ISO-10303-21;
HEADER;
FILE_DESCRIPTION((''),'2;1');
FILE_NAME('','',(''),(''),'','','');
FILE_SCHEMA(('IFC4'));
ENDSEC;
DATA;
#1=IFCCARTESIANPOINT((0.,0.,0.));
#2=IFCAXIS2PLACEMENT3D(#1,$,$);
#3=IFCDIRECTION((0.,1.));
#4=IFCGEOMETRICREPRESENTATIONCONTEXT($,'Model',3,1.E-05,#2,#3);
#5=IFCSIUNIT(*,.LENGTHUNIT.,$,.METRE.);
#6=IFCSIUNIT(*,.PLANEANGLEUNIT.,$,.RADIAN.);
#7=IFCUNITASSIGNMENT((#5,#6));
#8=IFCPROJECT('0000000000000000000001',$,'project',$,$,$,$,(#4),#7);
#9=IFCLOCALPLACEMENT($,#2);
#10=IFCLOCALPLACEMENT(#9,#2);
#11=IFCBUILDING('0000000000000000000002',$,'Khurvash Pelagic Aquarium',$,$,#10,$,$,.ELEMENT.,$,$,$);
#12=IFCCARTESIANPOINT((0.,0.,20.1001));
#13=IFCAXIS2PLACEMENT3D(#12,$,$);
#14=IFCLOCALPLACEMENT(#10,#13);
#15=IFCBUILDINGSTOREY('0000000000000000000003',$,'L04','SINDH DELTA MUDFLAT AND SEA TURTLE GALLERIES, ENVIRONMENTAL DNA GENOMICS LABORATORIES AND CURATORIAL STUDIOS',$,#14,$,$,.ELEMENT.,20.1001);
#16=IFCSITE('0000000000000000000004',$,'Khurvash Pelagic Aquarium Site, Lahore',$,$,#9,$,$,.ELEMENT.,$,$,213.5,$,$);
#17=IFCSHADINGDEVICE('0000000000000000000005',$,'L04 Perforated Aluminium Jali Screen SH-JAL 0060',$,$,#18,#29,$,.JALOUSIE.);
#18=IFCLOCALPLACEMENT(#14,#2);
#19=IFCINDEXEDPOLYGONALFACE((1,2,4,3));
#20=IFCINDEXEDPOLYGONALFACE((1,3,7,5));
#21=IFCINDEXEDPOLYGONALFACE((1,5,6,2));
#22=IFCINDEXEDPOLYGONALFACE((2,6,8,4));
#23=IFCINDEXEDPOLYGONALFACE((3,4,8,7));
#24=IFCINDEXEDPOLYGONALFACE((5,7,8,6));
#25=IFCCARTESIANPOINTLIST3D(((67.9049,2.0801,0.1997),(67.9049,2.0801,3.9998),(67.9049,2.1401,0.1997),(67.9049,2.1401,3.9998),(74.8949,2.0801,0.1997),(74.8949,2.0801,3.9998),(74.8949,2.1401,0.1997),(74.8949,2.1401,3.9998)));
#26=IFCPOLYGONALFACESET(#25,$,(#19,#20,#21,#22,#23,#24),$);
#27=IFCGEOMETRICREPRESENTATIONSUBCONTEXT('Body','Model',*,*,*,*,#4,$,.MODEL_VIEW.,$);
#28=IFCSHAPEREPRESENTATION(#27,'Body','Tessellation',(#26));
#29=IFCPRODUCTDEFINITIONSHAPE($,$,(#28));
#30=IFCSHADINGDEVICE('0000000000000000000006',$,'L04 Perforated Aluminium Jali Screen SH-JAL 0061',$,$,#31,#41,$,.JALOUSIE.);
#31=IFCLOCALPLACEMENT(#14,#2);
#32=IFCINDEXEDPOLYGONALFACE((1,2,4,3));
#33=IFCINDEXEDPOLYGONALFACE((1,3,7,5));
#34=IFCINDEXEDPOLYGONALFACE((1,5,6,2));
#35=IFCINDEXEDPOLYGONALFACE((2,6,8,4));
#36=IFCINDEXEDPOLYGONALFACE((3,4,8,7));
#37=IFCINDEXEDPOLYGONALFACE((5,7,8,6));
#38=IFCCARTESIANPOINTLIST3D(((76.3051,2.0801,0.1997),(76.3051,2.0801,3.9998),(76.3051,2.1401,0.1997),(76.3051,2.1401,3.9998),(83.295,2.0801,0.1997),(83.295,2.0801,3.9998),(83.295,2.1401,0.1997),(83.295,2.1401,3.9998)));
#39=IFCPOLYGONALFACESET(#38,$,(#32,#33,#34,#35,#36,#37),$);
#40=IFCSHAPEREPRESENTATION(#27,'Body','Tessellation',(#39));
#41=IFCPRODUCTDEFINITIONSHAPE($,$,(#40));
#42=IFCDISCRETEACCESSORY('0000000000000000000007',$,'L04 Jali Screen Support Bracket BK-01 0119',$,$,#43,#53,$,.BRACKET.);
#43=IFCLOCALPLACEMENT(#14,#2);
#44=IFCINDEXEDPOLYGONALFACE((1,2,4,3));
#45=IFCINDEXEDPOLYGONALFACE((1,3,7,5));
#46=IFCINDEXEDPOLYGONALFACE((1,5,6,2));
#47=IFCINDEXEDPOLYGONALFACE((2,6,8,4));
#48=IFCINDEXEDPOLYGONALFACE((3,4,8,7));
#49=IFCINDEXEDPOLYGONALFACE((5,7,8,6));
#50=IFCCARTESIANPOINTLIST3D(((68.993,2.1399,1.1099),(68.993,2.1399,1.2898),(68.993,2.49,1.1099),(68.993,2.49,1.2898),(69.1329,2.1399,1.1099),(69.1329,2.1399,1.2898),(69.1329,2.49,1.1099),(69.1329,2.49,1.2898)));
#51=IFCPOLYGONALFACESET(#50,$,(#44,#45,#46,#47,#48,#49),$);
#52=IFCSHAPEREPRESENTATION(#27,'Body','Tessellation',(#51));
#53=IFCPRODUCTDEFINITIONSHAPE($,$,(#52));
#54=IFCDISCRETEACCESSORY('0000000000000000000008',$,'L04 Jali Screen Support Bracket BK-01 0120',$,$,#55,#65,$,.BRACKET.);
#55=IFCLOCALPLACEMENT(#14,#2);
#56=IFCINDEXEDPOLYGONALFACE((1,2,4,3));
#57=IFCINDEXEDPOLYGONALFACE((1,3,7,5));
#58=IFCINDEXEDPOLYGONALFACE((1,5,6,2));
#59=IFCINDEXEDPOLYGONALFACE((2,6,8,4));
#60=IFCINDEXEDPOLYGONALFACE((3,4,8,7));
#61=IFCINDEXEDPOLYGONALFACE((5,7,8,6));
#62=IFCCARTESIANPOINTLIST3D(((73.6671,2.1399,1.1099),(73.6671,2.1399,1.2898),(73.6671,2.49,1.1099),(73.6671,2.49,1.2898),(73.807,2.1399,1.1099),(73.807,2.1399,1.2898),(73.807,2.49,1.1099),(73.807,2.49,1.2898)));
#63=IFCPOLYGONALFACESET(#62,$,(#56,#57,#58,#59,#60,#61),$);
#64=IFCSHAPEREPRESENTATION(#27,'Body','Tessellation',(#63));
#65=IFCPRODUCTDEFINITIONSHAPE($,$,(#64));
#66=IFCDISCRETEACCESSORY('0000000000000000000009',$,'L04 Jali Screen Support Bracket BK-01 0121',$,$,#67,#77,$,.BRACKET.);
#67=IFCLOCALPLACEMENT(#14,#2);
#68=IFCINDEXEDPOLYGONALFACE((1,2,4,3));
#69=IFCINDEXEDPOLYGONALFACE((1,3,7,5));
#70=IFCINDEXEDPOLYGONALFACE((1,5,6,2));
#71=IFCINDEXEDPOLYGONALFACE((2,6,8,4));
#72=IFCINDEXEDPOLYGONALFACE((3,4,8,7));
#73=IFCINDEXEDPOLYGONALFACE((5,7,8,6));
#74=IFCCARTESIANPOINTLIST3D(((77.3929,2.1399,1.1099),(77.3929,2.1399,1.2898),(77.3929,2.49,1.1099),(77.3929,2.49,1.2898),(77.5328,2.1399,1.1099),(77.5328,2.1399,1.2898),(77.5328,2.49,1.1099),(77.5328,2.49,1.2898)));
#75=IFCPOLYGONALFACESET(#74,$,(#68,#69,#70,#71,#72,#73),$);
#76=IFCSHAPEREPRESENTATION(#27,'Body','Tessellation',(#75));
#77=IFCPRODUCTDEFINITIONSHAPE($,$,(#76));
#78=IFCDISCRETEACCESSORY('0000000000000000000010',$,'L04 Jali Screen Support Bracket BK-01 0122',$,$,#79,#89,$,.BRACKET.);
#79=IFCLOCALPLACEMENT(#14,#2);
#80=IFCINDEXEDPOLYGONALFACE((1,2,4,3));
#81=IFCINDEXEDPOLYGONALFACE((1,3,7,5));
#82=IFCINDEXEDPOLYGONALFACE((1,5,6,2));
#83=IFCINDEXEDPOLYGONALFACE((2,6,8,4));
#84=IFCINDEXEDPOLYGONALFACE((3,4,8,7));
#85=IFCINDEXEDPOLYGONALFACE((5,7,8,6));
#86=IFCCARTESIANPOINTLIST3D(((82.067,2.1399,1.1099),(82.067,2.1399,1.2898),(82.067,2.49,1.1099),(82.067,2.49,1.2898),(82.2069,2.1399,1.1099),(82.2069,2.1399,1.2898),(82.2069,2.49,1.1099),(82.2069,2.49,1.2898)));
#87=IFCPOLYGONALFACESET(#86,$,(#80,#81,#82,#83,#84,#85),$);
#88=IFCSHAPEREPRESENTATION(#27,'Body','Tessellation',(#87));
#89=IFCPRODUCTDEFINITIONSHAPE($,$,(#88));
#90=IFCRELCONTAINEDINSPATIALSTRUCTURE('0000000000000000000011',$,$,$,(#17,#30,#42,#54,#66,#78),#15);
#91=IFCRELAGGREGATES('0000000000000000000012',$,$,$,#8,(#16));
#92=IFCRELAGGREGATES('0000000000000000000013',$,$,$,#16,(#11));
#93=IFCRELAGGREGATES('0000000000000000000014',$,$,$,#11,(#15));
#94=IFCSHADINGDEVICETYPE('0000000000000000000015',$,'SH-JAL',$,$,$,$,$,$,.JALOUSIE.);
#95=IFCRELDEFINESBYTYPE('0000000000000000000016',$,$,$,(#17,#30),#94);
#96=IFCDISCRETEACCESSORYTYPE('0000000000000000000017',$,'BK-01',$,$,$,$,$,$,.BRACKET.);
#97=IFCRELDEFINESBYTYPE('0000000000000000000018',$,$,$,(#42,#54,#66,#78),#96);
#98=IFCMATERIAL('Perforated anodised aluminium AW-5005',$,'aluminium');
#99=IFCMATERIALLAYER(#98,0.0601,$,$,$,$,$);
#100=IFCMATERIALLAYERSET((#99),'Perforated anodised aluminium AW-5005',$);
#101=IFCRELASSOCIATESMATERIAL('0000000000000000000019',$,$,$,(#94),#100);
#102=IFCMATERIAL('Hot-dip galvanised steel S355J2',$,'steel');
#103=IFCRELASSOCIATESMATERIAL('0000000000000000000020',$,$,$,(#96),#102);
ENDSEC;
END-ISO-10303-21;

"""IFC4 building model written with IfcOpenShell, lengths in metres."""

from ifc_helpers import new_model, si_unit, direction, frame, origin, origin_2d, place, context, subcontext, project, spatial, rectangle, extrude, material, layer, layer_set, type_object, element, save


model = new_model("IFC4")

# Units and contexts
model_context = context("Model", 3, precision=1e-05, world=origin(), true_north=direction((0.0, 1.0)))
body_context = subcontext(model_context, "Body", "Model", "MODEL_VIEW")
ifc_project = project(units=[si_unit("LENGTHUNIT", "METRE"), si_unit("PLANEANGLEUNIT", "RADIAN")], contexts=[model_context])

# Site, building, storey
site_placement = place(None, origin())
site = spatial("IfcSite", under=ifc_project, at=site_placement, Name="Khurvash Pelagic Aquarium Site, Lahore", CompositionType="ELEMENT", RefElevation=213.5)
building_placement = place(site_placement, origin())
building = spatial("IfcBuilding", under=site, at=building_placement, Name="Khurvash Pelagic Aquarium", CompositionType="ELEMENT")
storey_placement = place(building_placement, frame((0.0, 0.0, 20.1001)))
storey = spatial("IfcBuildingStorey", under=building, at=storey_placement, Name="L04", Description="SINDH DELTA MUDFLAT AND SEA TURTLE GALLERIES, ENVIRONMENTAL DNA GENOMICS LABORATORIES AND CURATORIAL STUDIOS", CompositionType="ELEMENT", Elevation=20.1001)

# Shading devices
ifc_material_1 = material(Name="Perforated anodised aluminium AW-5005", Category="aluminium")
ifc_layer_1 = layer(ifc_material_1, 0.0601)
ifc_layer_set_1 = layer_set([ifc_layer_1], Name="Perforated anodised aluminium AW-5005")
shading_device_type = type_object("IfcShadingDeviceType", Name="SH-JAL", PredefinedType="JALOUSIE", material=ifc_layer_set_1)
for number, where, z_axis, x_axis, name in (
    (1, (71.3999, 2.1101, 0.1997), (0.0, 0.0, 1.0), (1.0, 0.0, 0.0), "L04 Perforated Aluminium Jali Screen SH-JAL 0060"),
    (2, (79.8, 2.1101, 0.1997), (0.0, 0.0, 1.0), (1.0, 0.0, 0.0), "L04 Perforated Aluminium Jali Screen SH-JAL 0061"),
):
    element("IfcShadingDevice", number, at=place(storey_placement, frame(where, z_axis=z_axis, x_axis=x_axis)), inside=storey, type_object=shading_device_type, Name=name, PredefinedType="JALOUSIE", context=body_context, shape_type="SweptSolid", body=[
        extrude(rectangle(XDim=6.99, YDim=0.0601, at=origin_2d()), origin(), (0.0, 0.0, 1.0), 3.8),
    ])

# Discrete accessories
ifc_material_2 = material(Name="Hot-dip galvanised steel S355J2", Category="steel")
discrete_accessory_type = type_object("IfcDiscreteAccessoryType", Name="BK-01", PredefinedType="BRACKET", material=ifc_material_2)
for number, where, z_axis, x_axis, name in (
    (3, (69.063, 2.3149, 1.1099), (0.0, 0.0, 1.0), (1.0, 0.0, 0.0), "L04 Jali Screen Support Bracket BK-01 0119"),
    (4, (73.7371, 2.3149, 1.1099), (0.0, 0.0, 1.0), (1.0, 0.0, 0.0), "L04 Jali Screen Support Bracket BK-01 0120"),
    (5, (77.4629, 2.3149, 1.1099), (0.0, 0.0, 1.0), (1.0, 0.0, 0.0), "L04 Jali Screen Support Bracket BK-01 0121"),
    (6, (82.137, 2.3149, 1.1099), (0.0, 0.0, 1.0), (1.0, 0.0, 0.0), "L04 Jali Screen Support Bracket BK-01 0122"),
):
    element("IfcDiscreteAccessory", number, at=place(storey_placement, frame(where, z_axis=z_axis, x_axis=x_axis)), inside=storey, type_object=discrete_accessory_type, Name=name, PredefinedType="BRACKET", context=body_context, shape_type="SweptSolid", body=[
        extrude(rectangle(XDim=0.1399, YDim=0.3501, at=origin_2d()), origin(), (0.0, 0.0, 1.0), 0.1799),
    ])

save(model, "model.ifc")
